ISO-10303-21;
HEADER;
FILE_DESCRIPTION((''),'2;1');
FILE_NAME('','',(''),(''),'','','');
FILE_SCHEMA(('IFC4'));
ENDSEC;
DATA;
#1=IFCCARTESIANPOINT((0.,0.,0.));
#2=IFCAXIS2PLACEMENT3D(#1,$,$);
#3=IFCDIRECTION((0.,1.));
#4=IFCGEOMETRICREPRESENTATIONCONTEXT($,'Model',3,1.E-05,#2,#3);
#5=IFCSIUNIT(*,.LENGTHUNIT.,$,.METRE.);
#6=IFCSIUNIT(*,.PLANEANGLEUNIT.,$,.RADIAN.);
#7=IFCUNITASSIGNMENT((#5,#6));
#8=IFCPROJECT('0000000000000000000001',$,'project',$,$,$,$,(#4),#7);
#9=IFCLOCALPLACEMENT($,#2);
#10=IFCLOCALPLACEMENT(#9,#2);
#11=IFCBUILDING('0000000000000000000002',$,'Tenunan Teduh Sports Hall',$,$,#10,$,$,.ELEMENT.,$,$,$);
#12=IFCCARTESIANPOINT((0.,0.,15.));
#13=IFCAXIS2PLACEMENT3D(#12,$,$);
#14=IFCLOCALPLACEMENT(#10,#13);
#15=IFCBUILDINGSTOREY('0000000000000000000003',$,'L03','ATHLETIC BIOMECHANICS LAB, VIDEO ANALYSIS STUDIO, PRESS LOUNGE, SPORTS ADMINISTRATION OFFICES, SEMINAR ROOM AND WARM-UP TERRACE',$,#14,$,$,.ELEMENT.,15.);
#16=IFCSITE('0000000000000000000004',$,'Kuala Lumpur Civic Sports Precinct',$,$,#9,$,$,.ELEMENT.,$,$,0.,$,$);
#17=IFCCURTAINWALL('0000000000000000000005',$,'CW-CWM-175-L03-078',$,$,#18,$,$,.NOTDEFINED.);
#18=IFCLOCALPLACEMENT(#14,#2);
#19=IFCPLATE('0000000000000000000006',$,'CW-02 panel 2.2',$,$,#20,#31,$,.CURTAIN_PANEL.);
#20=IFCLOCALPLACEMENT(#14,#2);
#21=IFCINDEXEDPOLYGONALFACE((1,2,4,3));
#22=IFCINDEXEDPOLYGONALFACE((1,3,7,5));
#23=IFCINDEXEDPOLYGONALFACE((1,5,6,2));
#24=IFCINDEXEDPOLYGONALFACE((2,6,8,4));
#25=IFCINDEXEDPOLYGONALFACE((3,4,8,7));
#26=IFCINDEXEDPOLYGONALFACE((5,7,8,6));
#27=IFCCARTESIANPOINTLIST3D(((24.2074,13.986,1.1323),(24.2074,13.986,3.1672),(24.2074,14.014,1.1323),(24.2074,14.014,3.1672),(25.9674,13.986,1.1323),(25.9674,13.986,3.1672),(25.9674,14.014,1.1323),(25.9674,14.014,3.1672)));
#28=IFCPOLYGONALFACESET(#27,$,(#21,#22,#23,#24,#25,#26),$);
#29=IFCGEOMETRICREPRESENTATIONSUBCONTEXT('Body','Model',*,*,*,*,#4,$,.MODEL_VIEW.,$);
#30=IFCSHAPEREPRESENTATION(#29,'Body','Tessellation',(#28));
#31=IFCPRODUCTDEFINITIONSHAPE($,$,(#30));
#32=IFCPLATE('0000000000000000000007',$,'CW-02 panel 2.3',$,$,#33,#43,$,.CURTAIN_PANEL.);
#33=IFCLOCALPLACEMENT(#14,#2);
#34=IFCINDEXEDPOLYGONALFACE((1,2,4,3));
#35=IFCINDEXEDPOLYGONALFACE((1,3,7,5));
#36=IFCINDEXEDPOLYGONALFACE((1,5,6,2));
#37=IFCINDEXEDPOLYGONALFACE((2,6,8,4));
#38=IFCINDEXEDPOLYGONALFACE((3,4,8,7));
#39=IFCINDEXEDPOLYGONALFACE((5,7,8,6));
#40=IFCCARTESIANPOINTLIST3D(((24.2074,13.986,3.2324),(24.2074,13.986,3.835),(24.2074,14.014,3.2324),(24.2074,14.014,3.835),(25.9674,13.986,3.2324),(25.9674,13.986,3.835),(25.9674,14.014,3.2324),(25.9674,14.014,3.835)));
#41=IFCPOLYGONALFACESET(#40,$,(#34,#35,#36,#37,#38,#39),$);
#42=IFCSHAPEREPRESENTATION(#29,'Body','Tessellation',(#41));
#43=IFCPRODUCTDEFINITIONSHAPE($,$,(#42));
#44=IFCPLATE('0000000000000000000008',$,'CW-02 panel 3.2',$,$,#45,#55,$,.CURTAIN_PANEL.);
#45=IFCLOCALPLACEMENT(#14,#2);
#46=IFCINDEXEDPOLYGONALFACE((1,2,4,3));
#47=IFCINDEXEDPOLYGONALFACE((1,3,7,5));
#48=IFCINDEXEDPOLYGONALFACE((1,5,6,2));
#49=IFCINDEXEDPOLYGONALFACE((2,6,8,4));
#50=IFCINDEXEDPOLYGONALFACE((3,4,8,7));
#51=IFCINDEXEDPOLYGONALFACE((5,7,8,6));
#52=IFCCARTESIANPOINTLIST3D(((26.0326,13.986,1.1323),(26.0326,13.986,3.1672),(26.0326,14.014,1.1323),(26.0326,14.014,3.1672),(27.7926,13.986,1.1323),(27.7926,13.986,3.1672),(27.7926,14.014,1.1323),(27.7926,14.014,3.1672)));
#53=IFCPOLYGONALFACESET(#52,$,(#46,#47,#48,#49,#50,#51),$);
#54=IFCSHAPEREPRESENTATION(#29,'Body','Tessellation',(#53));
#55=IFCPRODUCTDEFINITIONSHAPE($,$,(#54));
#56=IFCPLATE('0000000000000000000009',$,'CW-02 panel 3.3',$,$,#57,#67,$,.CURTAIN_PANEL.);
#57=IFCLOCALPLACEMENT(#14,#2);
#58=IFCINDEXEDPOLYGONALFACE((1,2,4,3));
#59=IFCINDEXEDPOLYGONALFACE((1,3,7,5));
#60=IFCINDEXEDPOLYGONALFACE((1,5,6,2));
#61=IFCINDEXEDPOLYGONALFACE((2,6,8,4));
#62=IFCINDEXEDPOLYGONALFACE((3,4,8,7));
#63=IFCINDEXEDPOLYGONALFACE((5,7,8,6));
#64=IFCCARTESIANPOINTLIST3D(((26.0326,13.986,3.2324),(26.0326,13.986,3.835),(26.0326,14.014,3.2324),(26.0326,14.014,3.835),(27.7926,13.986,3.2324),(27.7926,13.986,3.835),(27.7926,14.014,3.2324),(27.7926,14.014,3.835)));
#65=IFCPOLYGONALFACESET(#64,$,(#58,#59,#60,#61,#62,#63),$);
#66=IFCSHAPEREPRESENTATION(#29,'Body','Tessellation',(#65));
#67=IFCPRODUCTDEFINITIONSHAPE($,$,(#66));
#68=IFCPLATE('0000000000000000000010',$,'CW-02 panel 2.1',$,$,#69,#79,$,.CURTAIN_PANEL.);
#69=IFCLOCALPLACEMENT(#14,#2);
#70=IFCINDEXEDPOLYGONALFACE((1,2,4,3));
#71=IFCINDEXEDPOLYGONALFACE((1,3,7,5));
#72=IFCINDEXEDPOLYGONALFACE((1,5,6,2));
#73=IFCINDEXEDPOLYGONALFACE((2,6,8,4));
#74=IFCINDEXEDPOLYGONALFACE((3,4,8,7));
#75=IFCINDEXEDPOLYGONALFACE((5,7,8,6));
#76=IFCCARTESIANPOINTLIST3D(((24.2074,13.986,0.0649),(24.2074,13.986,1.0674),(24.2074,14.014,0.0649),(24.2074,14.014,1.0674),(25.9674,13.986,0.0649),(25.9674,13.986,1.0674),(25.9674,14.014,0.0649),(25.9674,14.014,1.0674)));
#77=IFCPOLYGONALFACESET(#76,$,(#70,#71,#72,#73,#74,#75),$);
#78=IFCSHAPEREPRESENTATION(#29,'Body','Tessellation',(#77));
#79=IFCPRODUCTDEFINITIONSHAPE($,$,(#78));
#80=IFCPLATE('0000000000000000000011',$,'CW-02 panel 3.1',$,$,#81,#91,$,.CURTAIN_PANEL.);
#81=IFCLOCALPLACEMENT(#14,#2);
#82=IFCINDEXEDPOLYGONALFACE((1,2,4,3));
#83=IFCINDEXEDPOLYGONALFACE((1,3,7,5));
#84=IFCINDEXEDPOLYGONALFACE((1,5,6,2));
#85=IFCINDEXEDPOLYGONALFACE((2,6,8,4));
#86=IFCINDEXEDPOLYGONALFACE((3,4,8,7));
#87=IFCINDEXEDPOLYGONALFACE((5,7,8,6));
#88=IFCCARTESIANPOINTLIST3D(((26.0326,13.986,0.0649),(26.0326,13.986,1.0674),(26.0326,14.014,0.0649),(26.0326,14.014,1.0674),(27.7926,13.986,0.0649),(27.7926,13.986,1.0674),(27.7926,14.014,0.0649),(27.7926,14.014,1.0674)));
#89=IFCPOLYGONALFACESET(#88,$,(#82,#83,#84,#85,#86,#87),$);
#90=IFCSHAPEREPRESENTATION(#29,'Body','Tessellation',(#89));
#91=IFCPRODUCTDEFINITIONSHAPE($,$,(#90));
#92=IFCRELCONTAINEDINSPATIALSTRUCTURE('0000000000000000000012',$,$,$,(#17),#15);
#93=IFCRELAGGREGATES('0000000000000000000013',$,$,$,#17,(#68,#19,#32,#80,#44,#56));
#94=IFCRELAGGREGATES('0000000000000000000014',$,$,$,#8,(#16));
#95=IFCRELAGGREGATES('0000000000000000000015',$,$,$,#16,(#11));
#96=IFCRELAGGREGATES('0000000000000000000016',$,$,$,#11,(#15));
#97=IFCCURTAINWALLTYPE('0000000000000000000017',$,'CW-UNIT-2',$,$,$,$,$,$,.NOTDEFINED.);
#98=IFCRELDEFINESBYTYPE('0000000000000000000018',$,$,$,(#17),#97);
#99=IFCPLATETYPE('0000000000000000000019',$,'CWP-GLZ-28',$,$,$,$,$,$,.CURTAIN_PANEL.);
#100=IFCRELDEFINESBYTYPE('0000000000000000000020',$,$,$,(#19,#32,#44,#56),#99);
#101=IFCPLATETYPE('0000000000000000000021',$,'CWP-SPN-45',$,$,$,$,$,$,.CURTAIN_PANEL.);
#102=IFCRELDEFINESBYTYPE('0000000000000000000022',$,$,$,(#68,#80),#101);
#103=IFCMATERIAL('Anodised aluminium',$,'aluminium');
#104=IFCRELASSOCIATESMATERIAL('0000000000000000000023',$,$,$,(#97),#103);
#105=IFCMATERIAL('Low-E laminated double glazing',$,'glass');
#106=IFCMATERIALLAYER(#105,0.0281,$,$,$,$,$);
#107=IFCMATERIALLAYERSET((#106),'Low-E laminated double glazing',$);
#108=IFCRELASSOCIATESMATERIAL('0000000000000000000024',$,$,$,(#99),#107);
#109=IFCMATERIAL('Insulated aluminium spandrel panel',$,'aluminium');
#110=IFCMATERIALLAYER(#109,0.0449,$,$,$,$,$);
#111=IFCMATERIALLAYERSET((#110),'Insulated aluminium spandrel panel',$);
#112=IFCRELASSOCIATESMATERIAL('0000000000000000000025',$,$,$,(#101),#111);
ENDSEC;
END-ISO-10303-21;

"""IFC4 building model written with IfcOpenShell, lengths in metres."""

from ifc_helpers import new_model, si_unit, direction, frame, origin, origin_2d, place, context, subcontext, project, spatial, rectangle, extrude, material, layer, layer_set, type_object, element, aggregate, save


model = new_model("IFC4")

# Units and contexts
model_context = context("Model", 3, precision=1e-05, world=origin(), true_north=direction((0.0, 1.0)))
body_context = subcontext(model_context, "Body", "Model", "MODEL_VIEW")
ifc_project = project(units=[si_unit("LENGTHUNIT", "METRE"), si_unit("PLANEANGLEUNIT", "RADIAN")], contexts=[model_context])

# Site, building, storey
site_placement = place(None, origin())
site = spatial("IfcSite", under=ifc_project, at=site_placement, Name="Kuala Lumpur Civic Sports Precinct", CompositionType="ELEMENT", RefElevation=0.0)
building_placement = place(site_placement, origin())
building = spatial("IfcBuilding", under=site, at=building_placement, Name="Tenunan Teduh Sports Hall", CompositionType="ELEMENT")
storey_placement = place(building_placement, frame((0.0, 0.0, 15.0)))
storey = spatial("IfcBuildingStorey", under=building, at=storey_placement, Name="L03", Description="ATHLETIC BIOMECHANICS LAB, VIDEO ANALYSIS STUDIO, PRESS LOUNGE, SPORTS ADMINISTRATION OFFICES, SEMINAR ROOM AND WARM-UP TERRACE", CompositionType="ELEMENT", Elevation=15.0)

# Curtain wall, plates
ifc_material_1 = material(Name="Anodised aluminium", Category="aluminium")
curtain_wall_type = type_object("IfcCurtainWallType", Name="CW-UNIT-2", PredefinedType="NOTDEFINED", material=ifc_material_1)
curtain_wall_placement = place(storey_placement, origin())
curtain_wall = element("IfcCurtainWall", 1, at=curtain_wall_placement, inside=storey, type_object=curtain_wall_type, Name="CW-CWM-175-L03-078", PredefinedType="NOTDEFINED")
ifc_material_2 = material(Name="Low-E laminated double glazing", Category="glass")
ifc_layer_1 = layer(ifc_material_2, 0.0281)
ifc_layer_set_1 = layer_set([ifc_layer_1], Name="Low-E laminated double glazing")
plate_type_1 = type_object("IfcPlateType", Name="CWP-GLZ-28", PredefinedType="CURTAIN_PANEL", material=ifc_layer_set_1)
plate_1_placement = place(storey_placement, frame((25.0874, 14.0, 1.1323), z_axis=(0.0, 0.0, 1.0), x_axis=(1.0, 0.0, 0.0)))
plate_1 = element("IfcPlate", 2, at=plate_1_placement, type_object=plate_type_1, Name="CW-02 panel 2.2", PredefinedType="CURTAIN_PANEL", context=body_context, shape_type="SweptSolid", body=[
    extrude(rectangle(XDim=1.76, YDim=0.0281, at=origin_2d()), origin(), (0.0, 0.0, 1.0), 2.0349),
])
plate_2_placement = place(storey_placement, frame((25.0874, 14.0, 3.2324), z_axis=(0.0, 0.0, 1.0), x_axis=(1.0, 0.0, 0.0)))
plate_2 = element("IfcPlate", 3, at=plate_2_placement, type_object=plate_type_1, Name="CW-02 panel 2.3", PredefinedType="CURTAIN_PANEL", context=body_context, shape_type="SweptSolid", body=[
    extrude(rectangle(XDim=1.76, YDim=0.0281, at=origin_2d()), origin(), (0.0, 0.0, 1.0), 0.6025),
])
plate_3_placement = place(storey_placement, frame((26.9126, 14.0, 1.1323), z_axis=(0.0, 0.0, 1.0), x_axis=(1.0, 0.0, 0.0)))
plate_3 = element("IfcPlate", 4, at=plate_3_placement, type_object=plate_type_1, Name="CW-02 panel 3.2", PredefinedType="CURTAIN_PANEL", context=body_context, shape_type="SweptSolid", body=[
    extrude(rectangle(XDim=1.76, YDim=0.0281, at=origin_2d()), origin(), (0.0, 0.0, 1.0), 2.0349),
])
plate_4_placement = place(storey_placement, frame((26.9126, 14.0, 3.2324), z_axis=(0.0, 0.0, 1.0), x_axis=(1.0, 0.0, 0.0)))
plate_4 = element("IfcPlate", 5, at=plate_4_placement, type_object=plate_type_1, Name="CW-02 panel 3.3", PredefinedType="CURTAIN_PANEL", context=body_context, shape_type="SweptSolid", body=[
    extrude(rectangle(XDim=1.76, YDim=0.0281, at=origin_2d()), origin(), (0.0, 0.0, 1.0), 0.6025),
])
ifc_material_3 = material(Name="Insulated aluminium spandrel panel", Category="aluminium")
ifc_layer_2 = layer(ifc_material_3, 0.0449)
ifc_layer_set_2 = layer_set([ifc_layer_2], Name="Insulated aluminium spandrel panel")
plate_type_2 = type_object("IfcPlateType", Name="CWP-SPN-45", PredefinedType="CURTAIN_PANEL", material=ifc_layer_set_2)
plate_5_placement = place(storey_placement, frame((25.0874, 14.0, 0.0649), z_axis=(0.0, 0.0, 1.0), x_axis=(1.0, 0.0, 0.0)))
plate_5 = element("IfcPlate", 6, at=plate_5_placement, type_object=plate_type_2, Name="CW-02 panel 2.1", PredefinedType="CURTAIN_PANEL", context=body_context, shape_type="SweptSolid", body=[
    extrude(rectangle(XDim=1.76, YDim=0.0281, at=origin_2d()), origin(), (0.0, 0.0, 1.0), 1.0024),
])
plate_6_placement = place(storey_placement, frame((26.9126, 14.0, 0.0649), z_axis=(0.0, 0.0, 1.0), x_axis=(1.0, 0.0, 0.0)))
plate_6 = element("IfcPlate", 7, at=plate_6_placement, type_object=plate_type_2, Name="CW-02 panel 3.1", PredefinedType="CURTAIN_PANEL", context=body_context, shape_type="SweptSolid", body=[
    extrude(rectangle(XDim=1.76, YDim=0.0281, at=origin_2d()), origin(), (0.0, 0.0, 1.0), 1.0024),
])
aggregate(curtain_wall, [plate_5, plate_1, plate_2, plate_6, plate_3, plate_4])

save(model, "model.ifc")
